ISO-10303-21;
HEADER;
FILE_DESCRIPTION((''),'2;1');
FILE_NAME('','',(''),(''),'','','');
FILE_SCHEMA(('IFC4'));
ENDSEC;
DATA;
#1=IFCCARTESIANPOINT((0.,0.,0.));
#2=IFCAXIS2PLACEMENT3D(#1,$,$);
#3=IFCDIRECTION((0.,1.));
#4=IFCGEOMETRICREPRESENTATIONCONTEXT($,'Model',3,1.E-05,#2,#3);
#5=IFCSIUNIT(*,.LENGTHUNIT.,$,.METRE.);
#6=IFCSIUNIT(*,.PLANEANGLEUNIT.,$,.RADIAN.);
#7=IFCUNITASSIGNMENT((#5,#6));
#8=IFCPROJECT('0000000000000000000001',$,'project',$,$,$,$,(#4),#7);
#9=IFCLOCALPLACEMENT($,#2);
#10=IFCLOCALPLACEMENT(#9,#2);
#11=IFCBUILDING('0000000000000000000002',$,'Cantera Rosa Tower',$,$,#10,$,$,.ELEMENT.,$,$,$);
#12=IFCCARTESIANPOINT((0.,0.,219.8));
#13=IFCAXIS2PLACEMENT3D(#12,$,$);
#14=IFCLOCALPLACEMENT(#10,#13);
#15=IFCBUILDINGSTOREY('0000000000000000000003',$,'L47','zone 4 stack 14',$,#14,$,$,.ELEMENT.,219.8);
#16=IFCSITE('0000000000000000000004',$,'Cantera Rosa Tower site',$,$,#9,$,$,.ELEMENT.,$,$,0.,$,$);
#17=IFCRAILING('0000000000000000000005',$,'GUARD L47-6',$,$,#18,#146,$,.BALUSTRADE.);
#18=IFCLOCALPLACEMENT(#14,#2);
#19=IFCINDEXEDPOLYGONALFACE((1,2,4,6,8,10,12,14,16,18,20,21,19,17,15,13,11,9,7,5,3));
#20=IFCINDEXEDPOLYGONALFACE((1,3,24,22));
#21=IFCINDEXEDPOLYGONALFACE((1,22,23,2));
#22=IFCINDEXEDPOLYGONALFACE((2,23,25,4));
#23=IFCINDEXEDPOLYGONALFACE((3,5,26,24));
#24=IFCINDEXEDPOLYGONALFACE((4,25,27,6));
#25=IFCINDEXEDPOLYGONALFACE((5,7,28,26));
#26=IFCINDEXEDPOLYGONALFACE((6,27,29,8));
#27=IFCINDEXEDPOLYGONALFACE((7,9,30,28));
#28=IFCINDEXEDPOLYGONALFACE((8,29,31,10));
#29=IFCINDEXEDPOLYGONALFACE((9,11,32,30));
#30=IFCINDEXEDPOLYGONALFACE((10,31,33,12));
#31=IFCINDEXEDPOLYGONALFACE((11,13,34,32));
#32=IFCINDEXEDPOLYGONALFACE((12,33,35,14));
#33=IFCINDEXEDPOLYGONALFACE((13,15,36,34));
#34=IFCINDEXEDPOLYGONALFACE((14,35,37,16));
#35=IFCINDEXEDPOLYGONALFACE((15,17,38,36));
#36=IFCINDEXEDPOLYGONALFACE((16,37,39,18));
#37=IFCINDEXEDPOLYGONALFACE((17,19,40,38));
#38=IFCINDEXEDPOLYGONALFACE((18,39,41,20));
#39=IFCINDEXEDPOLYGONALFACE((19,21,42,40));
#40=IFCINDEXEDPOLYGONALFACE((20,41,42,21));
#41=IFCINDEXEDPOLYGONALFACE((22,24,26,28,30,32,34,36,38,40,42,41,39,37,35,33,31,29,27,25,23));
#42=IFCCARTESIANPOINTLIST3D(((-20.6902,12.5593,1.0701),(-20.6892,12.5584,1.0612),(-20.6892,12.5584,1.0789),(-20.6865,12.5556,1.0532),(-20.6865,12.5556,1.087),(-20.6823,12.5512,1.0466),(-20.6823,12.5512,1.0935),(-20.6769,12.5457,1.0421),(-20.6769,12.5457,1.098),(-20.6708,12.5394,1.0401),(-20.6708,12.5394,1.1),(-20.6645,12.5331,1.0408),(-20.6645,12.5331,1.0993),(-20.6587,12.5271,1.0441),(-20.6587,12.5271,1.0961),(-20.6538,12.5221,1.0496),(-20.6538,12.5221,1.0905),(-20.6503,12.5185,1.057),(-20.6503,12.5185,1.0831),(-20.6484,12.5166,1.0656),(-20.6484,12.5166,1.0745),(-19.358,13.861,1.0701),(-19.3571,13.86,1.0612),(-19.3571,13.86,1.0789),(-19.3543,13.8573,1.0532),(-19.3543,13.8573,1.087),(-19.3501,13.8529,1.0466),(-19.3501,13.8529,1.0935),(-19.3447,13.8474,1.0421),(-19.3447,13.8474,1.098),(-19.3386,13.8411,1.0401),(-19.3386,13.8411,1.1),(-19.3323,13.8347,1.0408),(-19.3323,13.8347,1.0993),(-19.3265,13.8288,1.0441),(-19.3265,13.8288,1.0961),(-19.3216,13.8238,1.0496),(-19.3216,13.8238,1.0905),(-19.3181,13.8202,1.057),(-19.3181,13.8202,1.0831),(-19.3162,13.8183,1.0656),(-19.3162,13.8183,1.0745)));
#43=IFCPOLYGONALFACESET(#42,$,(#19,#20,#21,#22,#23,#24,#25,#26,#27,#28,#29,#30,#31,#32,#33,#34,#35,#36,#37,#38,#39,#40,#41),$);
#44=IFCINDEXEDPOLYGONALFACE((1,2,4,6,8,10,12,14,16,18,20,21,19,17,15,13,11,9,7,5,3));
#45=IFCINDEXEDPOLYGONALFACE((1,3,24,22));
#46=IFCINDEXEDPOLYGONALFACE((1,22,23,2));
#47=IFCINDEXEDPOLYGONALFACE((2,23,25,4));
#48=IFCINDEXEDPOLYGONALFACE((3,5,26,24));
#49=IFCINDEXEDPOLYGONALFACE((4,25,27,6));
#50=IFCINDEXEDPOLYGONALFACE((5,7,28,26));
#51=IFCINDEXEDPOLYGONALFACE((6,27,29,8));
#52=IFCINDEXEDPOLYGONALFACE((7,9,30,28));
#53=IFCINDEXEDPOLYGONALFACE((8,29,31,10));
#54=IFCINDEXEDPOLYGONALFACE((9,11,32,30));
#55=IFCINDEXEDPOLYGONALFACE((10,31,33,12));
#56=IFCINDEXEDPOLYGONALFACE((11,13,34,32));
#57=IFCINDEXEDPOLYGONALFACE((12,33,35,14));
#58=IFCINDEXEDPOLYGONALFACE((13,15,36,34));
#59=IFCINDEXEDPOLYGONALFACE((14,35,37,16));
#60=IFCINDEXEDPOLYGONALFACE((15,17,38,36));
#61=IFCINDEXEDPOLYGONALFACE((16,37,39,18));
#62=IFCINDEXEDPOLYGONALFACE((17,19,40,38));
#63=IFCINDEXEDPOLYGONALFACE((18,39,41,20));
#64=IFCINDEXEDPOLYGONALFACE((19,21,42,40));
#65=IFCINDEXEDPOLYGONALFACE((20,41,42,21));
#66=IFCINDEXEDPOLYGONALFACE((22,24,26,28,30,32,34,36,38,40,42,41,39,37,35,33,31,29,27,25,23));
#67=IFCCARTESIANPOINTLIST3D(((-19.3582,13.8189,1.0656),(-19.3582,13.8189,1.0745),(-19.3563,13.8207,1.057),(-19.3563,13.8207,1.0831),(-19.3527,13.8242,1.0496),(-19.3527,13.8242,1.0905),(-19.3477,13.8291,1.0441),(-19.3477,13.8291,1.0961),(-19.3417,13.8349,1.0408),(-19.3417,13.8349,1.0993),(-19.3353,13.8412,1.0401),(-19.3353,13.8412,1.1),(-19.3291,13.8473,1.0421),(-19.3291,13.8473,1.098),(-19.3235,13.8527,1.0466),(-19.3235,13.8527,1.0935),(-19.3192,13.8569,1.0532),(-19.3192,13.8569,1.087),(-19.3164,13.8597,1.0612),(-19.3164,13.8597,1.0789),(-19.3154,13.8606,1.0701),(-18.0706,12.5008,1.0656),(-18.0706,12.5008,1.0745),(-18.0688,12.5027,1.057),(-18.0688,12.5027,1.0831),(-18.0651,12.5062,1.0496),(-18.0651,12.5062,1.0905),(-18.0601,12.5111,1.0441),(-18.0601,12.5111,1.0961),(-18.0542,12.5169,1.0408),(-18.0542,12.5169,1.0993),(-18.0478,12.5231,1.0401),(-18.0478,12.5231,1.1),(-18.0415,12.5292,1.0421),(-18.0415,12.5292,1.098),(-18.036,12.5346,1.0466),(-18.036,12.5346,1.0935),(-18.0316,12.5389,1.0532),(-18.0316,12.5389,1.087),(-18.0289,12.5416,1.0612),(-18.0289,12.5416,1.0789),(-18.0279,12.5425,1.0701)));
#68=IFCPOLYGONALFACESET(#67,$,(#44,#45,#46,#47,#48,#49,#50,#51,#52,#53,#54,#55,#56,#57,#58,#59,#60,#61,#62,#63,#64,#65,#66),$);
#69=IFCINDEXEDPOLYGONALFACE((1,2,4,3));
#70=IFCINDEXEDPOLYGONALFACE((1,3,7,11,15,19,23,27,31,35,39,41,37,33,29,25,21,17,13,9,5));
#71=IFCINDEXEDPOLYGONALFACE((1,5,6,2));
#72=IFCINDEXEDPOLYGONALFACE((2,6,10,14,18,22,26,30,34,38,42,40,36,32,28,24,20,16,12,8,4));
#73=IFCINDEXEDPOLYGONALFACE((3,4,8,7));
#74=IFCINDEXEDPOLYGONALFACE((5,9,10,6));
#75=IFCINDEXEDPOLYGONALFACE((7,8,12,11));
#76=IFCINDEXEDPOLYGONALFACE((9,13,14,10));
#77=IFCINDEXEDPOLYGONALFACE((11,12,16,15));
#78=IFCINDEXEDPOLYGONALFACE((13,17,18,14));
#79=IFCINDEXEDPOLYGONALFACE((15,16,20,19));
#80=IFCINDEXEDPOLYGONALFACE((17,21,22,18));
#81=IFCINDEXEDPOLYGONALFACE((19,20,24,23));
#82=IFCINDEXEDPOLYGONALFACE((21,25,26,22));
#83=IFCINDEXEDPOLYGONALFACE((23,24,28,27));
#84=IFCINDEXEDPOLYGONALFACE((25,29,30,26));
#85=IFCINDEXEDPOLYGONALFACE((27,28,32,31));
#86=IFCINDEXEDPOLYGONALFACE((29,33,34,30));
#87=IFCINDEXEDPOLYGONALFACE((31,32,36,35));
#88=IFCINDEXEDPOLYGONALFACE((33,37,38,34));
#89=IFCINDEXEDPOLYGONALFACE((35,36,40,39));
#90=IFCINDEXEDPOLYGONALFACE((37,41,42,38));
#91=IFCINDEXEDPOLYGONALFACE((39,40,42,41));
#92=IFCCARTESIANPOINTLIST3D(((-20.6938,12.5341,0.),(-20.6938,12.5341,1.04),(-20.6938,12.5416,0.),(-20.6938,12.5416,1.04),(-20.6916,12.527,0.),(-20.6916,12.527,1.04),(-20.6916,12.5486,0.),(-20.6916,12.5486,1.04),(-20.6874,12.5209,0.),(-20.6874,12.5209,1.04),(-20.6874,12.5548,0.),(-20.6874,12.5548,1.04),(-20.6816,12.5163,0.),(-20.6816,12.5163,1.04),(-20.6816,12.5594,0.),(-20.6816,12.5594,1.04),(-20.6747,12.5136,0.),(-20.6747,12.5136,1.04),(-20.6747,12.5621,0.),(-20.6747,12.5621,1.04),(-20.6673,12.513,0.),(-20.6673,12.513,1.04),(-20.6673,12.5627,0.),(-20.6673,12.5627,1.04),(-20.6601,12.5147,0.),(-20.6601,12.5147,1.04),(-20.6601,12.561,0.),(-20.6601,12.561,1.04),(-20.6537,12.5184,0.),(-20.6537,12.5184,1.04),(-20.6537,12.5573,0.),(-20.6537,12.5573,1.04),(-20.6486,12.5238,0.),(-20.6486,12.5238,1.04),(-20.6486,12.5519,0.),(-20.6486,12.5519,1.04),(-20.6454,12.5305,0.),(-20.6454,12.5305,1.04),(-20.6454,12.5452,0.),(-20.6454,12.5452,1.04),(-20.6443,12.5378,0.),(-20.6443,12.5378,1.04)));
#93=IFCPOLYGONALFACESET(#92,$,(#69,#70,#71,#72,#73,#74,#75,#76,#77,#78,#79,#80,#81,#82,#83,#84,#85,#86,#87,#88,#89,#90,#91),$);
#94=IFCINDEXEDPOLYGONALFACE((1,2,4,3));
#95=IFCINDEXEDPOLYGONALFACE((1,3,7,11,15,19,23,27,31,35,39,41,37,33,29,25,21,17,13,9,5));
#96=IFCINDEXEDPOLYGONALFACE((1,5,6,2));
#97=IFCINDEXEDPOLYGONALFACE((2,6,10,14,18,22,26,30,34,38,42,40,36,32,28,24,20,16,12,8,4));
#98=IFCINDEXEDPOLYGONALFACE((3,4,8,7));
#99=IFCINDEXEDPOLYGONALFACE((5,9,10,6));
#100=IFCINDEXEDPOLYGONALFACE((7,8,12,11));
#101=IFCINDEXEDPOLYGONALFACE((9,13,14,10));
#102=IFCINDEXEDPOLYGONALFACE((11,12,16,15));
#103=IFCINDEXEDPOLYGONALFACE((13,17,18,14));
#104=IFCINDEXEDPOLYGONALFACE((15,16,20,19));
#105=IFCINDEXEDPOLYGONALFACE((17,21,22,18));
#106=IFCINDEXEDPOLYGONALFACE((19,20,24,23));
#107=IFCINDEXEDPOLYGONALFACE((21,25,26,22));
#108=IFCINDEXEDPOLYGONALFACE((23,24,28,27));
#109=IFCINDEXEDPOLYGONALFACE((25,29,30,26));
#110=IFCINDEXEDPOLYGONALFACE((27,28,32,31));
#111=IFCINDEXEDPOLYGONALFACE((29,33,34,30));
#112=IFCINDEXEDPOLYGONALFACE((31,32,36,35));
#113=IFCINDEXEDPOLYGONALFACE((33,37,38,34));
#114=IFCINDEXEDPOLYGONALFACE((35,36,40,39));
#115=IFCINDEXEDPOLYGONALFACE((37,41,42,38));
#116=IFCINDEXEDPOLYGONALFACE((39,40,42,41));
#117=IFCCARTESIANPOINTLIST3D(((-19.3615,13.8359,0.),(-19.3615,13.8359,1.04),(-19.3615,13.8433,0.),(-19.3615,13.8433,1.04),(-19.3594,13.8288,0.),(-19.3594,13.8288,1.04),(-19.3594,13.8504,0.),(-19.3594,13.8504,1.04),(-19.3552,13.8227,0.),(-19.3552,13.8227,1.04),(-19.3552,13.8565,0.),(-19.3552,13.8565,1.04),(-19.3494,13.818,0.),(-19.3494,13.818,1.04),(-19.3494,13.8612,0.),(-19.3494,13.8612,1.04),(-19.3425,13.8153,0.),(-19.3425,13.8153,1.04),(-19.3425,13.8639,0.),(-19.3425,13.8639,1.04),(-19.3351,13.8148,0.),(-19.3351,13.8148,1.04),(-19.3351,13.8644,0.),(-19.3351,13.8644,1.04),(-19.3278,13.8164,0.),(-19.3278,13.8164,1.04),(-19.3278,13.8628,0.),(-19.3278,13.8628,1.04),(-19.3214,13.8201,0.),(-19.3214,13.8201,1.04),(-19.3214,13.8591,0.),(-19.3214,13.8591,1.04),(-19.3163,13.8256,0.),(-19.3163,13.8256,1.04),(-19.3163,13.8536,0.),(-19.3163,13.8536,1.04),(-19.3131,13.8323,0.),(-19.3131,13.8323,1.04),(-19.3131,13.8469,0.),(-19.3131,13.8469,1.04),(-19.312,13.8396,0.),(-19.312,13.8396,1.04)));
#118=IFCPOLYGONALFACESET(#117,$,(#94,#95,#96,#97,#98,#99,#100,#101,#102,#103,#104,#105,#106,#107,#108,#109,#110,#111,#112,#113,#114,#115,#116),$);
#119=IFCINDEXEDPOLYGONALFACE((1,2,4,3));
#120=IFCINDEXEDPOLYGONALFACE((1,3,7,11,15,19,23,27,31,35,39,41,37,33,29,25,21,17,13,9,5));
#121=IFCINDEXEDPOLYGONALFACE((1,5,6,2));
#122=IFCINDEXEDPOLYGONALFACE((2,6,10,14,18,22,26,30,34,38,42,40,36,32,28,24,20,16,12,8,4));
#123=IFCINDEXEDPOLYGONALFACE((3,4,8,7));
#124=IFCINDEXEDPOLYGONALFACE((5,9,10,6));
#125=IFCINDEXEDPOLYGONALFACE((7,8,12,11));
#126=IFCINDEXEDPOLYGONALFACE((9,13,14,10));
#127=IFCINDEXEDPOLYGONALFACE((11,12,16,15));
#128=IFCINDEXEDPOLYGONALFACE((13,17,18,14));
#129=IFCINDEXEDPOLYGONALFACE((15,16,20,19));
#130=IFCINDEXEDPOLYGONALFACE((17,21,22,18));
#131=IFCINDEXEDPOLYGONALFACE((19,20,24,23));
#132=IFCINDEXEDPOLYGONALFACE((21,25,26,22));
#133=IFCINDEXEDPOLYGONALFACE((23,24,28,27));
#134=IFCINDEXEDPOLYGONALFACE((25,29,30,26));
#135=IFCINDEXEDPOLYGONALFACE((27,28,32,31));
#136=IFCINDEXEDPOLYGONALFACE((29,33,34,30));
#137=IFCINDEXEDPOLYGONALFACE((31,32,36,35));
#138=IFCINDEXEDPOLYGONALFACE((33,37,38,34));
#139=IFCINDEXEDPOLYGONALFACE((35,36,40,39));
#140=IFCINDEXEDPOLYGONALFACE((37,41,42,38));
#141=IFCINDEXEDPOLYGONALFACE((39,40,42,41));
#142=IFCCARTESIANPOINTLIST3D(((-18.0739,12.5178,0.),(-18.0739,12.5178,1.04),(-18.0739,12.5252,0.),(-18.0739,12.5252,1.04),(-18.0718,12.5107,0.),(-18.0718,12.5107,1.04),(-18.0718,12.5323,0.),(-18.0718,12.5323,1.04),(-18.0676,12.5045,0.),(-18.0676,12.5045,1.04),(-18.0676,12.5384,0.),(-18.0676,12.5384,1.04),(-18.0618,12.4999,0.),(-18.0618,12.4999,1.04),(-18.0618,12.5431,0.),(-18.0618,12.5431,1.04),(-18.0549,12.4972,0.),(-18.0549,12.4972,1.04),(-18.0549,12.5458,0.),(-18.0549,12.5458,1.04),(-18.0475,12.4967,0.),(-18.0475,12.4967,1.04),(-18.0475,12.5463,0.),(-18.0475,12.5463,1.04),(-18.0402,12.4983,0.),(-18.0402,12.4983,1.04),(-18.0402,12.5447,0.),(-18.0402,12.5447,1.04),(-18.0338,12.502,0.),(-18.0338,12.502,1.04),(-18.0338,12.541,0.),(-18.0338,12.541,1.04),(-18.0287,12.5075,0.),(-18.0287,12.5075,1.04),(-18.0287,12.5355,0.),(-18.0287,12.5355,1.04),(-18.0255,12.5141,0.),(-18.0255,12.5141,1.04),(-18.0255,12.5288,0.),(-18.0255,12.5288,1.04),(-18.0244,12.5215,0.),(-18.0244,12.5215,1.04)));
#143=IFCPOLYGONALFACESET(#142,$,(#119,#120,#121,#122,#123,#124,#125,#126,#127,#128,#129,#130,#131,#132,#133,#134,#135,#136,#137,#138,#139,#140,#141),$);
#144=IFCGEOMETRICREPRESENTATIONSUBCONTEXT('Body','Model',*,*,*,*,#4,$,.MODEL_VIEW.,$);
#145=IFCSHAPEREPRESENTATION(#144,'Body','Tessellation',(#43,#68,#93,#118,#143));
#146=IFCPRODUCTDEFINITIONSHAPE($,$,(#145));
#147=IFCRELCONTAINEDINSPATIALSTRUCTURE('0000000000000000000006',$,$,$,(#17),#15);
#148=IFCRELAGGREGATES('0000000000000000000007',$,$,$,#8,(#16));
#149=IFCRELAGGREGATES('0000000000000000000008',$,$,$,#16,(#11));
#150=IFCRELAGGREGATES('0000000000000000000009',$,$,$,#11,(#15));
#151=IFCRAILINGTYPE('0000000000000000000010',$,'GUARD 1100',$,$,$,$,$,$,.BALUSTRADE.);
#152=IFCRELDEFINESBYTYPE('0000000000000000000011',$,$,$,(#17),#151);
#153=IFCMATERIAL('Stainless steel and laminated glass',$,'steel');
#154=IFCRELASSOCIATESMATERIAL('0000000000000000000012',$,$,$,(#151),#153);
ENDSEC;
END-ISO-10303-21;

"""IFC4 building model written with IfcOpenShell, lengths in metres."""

from ifc_helpers import new_model, si_unit, direction, frame, origin, origin_2d, place, context, subcontext, project, spatial, circle, extrude, material, type_object, element, save


model = new_model("IFC4")

# Units and contexts
model_context = context("Model", 3, precision=1e-05, world=origin(), true_north=direction((0.0, 1.0)))
body_context = subcontext(model_context, "Body", "Model", "MODEL_VIEW")
ifc_project = project(units=[si_unit("LENGTHUNIT", "METRE"), si_unit("PLANEANGLEUNIT", "RADIAN")], contexts=[model_context])

# Site, building, storey
site_placement = place(None, origin())
site = spatial("IfcSite", under=ifc_project, at=site_placement, Name="Cantera Rosa Tower site", CompositionType="ELEMENT", RefElevation=0.0)
building_placement = place(site_placement, origin())
building = spatial("IfcBuilding", under=site, at=building_placement, Name="Cantera Rosa Tower", CompositionType="ELEMENT")
storey_placement = place(building_placement, frame((0.0, 0.0, 219.8)))
storey = spatial("IfcBuildingStorey", under=building, at=storey_placement, Name="L47", Description="zone 4 stack 14", CompositionType="ELEMENT", Elevation=219.8)

# Railing
ifc_material_1 = material(Name="Stainless steel and laminated glass", Category="steel")
railing_type = type_object("IfcRailingType", Name="GUARD 1100", PredefinedType="BALUSTRADE", material=ifc_material_1)
railing_1_placement = place(storey_placement, frame((-20.6692, 12.5378, 0.0)))
element("IfcRailing", 1, at=railing_1_placement, inside=storey, type_object=railing_type, Name="GUARD L47-6", PredefinedType="BALUSTRADE", context=body_context, shape_type="SweptSolid", body=[
    extrude(circle(Radius=0.03, at=origin_2d()), frame((0.0, 0.0, 1.0701), z_axis=(0.715251, 0.698867, 0.0), x_axis=(-0.698867, 0.715251, 0.0)), (0.0, 0.0, 1.0), 1.8625),
    extrude(circle(Radius=0.03, at=origin_2d()), frame((1.3323, 1.3018, 1.0701), z_axis=(0.698777, -0.715339, 0.0), x_axis=(0.715339, 0.698777, 0.0)), (0.0, 0.0, 1.0), 1.8425),
    extrude(circle(Radius=0.0249, at=origin_2d()), origin(), (0.0, 0.0, 1.0), 1.04),
    extrude(circle(Radius=0.0249, at=origin_2d()), frame((1.3323, 1.3018, 0.0)), (0.0, 0.0, 1.0), 1.04),
    extrude(circle(Radius=0.0249, at=origin_2d()), frame((2.6199, -0.0164, 0.0)), (0.0, 0.0, 1.0), 1.04),
])

save(model, "model.ifc")
